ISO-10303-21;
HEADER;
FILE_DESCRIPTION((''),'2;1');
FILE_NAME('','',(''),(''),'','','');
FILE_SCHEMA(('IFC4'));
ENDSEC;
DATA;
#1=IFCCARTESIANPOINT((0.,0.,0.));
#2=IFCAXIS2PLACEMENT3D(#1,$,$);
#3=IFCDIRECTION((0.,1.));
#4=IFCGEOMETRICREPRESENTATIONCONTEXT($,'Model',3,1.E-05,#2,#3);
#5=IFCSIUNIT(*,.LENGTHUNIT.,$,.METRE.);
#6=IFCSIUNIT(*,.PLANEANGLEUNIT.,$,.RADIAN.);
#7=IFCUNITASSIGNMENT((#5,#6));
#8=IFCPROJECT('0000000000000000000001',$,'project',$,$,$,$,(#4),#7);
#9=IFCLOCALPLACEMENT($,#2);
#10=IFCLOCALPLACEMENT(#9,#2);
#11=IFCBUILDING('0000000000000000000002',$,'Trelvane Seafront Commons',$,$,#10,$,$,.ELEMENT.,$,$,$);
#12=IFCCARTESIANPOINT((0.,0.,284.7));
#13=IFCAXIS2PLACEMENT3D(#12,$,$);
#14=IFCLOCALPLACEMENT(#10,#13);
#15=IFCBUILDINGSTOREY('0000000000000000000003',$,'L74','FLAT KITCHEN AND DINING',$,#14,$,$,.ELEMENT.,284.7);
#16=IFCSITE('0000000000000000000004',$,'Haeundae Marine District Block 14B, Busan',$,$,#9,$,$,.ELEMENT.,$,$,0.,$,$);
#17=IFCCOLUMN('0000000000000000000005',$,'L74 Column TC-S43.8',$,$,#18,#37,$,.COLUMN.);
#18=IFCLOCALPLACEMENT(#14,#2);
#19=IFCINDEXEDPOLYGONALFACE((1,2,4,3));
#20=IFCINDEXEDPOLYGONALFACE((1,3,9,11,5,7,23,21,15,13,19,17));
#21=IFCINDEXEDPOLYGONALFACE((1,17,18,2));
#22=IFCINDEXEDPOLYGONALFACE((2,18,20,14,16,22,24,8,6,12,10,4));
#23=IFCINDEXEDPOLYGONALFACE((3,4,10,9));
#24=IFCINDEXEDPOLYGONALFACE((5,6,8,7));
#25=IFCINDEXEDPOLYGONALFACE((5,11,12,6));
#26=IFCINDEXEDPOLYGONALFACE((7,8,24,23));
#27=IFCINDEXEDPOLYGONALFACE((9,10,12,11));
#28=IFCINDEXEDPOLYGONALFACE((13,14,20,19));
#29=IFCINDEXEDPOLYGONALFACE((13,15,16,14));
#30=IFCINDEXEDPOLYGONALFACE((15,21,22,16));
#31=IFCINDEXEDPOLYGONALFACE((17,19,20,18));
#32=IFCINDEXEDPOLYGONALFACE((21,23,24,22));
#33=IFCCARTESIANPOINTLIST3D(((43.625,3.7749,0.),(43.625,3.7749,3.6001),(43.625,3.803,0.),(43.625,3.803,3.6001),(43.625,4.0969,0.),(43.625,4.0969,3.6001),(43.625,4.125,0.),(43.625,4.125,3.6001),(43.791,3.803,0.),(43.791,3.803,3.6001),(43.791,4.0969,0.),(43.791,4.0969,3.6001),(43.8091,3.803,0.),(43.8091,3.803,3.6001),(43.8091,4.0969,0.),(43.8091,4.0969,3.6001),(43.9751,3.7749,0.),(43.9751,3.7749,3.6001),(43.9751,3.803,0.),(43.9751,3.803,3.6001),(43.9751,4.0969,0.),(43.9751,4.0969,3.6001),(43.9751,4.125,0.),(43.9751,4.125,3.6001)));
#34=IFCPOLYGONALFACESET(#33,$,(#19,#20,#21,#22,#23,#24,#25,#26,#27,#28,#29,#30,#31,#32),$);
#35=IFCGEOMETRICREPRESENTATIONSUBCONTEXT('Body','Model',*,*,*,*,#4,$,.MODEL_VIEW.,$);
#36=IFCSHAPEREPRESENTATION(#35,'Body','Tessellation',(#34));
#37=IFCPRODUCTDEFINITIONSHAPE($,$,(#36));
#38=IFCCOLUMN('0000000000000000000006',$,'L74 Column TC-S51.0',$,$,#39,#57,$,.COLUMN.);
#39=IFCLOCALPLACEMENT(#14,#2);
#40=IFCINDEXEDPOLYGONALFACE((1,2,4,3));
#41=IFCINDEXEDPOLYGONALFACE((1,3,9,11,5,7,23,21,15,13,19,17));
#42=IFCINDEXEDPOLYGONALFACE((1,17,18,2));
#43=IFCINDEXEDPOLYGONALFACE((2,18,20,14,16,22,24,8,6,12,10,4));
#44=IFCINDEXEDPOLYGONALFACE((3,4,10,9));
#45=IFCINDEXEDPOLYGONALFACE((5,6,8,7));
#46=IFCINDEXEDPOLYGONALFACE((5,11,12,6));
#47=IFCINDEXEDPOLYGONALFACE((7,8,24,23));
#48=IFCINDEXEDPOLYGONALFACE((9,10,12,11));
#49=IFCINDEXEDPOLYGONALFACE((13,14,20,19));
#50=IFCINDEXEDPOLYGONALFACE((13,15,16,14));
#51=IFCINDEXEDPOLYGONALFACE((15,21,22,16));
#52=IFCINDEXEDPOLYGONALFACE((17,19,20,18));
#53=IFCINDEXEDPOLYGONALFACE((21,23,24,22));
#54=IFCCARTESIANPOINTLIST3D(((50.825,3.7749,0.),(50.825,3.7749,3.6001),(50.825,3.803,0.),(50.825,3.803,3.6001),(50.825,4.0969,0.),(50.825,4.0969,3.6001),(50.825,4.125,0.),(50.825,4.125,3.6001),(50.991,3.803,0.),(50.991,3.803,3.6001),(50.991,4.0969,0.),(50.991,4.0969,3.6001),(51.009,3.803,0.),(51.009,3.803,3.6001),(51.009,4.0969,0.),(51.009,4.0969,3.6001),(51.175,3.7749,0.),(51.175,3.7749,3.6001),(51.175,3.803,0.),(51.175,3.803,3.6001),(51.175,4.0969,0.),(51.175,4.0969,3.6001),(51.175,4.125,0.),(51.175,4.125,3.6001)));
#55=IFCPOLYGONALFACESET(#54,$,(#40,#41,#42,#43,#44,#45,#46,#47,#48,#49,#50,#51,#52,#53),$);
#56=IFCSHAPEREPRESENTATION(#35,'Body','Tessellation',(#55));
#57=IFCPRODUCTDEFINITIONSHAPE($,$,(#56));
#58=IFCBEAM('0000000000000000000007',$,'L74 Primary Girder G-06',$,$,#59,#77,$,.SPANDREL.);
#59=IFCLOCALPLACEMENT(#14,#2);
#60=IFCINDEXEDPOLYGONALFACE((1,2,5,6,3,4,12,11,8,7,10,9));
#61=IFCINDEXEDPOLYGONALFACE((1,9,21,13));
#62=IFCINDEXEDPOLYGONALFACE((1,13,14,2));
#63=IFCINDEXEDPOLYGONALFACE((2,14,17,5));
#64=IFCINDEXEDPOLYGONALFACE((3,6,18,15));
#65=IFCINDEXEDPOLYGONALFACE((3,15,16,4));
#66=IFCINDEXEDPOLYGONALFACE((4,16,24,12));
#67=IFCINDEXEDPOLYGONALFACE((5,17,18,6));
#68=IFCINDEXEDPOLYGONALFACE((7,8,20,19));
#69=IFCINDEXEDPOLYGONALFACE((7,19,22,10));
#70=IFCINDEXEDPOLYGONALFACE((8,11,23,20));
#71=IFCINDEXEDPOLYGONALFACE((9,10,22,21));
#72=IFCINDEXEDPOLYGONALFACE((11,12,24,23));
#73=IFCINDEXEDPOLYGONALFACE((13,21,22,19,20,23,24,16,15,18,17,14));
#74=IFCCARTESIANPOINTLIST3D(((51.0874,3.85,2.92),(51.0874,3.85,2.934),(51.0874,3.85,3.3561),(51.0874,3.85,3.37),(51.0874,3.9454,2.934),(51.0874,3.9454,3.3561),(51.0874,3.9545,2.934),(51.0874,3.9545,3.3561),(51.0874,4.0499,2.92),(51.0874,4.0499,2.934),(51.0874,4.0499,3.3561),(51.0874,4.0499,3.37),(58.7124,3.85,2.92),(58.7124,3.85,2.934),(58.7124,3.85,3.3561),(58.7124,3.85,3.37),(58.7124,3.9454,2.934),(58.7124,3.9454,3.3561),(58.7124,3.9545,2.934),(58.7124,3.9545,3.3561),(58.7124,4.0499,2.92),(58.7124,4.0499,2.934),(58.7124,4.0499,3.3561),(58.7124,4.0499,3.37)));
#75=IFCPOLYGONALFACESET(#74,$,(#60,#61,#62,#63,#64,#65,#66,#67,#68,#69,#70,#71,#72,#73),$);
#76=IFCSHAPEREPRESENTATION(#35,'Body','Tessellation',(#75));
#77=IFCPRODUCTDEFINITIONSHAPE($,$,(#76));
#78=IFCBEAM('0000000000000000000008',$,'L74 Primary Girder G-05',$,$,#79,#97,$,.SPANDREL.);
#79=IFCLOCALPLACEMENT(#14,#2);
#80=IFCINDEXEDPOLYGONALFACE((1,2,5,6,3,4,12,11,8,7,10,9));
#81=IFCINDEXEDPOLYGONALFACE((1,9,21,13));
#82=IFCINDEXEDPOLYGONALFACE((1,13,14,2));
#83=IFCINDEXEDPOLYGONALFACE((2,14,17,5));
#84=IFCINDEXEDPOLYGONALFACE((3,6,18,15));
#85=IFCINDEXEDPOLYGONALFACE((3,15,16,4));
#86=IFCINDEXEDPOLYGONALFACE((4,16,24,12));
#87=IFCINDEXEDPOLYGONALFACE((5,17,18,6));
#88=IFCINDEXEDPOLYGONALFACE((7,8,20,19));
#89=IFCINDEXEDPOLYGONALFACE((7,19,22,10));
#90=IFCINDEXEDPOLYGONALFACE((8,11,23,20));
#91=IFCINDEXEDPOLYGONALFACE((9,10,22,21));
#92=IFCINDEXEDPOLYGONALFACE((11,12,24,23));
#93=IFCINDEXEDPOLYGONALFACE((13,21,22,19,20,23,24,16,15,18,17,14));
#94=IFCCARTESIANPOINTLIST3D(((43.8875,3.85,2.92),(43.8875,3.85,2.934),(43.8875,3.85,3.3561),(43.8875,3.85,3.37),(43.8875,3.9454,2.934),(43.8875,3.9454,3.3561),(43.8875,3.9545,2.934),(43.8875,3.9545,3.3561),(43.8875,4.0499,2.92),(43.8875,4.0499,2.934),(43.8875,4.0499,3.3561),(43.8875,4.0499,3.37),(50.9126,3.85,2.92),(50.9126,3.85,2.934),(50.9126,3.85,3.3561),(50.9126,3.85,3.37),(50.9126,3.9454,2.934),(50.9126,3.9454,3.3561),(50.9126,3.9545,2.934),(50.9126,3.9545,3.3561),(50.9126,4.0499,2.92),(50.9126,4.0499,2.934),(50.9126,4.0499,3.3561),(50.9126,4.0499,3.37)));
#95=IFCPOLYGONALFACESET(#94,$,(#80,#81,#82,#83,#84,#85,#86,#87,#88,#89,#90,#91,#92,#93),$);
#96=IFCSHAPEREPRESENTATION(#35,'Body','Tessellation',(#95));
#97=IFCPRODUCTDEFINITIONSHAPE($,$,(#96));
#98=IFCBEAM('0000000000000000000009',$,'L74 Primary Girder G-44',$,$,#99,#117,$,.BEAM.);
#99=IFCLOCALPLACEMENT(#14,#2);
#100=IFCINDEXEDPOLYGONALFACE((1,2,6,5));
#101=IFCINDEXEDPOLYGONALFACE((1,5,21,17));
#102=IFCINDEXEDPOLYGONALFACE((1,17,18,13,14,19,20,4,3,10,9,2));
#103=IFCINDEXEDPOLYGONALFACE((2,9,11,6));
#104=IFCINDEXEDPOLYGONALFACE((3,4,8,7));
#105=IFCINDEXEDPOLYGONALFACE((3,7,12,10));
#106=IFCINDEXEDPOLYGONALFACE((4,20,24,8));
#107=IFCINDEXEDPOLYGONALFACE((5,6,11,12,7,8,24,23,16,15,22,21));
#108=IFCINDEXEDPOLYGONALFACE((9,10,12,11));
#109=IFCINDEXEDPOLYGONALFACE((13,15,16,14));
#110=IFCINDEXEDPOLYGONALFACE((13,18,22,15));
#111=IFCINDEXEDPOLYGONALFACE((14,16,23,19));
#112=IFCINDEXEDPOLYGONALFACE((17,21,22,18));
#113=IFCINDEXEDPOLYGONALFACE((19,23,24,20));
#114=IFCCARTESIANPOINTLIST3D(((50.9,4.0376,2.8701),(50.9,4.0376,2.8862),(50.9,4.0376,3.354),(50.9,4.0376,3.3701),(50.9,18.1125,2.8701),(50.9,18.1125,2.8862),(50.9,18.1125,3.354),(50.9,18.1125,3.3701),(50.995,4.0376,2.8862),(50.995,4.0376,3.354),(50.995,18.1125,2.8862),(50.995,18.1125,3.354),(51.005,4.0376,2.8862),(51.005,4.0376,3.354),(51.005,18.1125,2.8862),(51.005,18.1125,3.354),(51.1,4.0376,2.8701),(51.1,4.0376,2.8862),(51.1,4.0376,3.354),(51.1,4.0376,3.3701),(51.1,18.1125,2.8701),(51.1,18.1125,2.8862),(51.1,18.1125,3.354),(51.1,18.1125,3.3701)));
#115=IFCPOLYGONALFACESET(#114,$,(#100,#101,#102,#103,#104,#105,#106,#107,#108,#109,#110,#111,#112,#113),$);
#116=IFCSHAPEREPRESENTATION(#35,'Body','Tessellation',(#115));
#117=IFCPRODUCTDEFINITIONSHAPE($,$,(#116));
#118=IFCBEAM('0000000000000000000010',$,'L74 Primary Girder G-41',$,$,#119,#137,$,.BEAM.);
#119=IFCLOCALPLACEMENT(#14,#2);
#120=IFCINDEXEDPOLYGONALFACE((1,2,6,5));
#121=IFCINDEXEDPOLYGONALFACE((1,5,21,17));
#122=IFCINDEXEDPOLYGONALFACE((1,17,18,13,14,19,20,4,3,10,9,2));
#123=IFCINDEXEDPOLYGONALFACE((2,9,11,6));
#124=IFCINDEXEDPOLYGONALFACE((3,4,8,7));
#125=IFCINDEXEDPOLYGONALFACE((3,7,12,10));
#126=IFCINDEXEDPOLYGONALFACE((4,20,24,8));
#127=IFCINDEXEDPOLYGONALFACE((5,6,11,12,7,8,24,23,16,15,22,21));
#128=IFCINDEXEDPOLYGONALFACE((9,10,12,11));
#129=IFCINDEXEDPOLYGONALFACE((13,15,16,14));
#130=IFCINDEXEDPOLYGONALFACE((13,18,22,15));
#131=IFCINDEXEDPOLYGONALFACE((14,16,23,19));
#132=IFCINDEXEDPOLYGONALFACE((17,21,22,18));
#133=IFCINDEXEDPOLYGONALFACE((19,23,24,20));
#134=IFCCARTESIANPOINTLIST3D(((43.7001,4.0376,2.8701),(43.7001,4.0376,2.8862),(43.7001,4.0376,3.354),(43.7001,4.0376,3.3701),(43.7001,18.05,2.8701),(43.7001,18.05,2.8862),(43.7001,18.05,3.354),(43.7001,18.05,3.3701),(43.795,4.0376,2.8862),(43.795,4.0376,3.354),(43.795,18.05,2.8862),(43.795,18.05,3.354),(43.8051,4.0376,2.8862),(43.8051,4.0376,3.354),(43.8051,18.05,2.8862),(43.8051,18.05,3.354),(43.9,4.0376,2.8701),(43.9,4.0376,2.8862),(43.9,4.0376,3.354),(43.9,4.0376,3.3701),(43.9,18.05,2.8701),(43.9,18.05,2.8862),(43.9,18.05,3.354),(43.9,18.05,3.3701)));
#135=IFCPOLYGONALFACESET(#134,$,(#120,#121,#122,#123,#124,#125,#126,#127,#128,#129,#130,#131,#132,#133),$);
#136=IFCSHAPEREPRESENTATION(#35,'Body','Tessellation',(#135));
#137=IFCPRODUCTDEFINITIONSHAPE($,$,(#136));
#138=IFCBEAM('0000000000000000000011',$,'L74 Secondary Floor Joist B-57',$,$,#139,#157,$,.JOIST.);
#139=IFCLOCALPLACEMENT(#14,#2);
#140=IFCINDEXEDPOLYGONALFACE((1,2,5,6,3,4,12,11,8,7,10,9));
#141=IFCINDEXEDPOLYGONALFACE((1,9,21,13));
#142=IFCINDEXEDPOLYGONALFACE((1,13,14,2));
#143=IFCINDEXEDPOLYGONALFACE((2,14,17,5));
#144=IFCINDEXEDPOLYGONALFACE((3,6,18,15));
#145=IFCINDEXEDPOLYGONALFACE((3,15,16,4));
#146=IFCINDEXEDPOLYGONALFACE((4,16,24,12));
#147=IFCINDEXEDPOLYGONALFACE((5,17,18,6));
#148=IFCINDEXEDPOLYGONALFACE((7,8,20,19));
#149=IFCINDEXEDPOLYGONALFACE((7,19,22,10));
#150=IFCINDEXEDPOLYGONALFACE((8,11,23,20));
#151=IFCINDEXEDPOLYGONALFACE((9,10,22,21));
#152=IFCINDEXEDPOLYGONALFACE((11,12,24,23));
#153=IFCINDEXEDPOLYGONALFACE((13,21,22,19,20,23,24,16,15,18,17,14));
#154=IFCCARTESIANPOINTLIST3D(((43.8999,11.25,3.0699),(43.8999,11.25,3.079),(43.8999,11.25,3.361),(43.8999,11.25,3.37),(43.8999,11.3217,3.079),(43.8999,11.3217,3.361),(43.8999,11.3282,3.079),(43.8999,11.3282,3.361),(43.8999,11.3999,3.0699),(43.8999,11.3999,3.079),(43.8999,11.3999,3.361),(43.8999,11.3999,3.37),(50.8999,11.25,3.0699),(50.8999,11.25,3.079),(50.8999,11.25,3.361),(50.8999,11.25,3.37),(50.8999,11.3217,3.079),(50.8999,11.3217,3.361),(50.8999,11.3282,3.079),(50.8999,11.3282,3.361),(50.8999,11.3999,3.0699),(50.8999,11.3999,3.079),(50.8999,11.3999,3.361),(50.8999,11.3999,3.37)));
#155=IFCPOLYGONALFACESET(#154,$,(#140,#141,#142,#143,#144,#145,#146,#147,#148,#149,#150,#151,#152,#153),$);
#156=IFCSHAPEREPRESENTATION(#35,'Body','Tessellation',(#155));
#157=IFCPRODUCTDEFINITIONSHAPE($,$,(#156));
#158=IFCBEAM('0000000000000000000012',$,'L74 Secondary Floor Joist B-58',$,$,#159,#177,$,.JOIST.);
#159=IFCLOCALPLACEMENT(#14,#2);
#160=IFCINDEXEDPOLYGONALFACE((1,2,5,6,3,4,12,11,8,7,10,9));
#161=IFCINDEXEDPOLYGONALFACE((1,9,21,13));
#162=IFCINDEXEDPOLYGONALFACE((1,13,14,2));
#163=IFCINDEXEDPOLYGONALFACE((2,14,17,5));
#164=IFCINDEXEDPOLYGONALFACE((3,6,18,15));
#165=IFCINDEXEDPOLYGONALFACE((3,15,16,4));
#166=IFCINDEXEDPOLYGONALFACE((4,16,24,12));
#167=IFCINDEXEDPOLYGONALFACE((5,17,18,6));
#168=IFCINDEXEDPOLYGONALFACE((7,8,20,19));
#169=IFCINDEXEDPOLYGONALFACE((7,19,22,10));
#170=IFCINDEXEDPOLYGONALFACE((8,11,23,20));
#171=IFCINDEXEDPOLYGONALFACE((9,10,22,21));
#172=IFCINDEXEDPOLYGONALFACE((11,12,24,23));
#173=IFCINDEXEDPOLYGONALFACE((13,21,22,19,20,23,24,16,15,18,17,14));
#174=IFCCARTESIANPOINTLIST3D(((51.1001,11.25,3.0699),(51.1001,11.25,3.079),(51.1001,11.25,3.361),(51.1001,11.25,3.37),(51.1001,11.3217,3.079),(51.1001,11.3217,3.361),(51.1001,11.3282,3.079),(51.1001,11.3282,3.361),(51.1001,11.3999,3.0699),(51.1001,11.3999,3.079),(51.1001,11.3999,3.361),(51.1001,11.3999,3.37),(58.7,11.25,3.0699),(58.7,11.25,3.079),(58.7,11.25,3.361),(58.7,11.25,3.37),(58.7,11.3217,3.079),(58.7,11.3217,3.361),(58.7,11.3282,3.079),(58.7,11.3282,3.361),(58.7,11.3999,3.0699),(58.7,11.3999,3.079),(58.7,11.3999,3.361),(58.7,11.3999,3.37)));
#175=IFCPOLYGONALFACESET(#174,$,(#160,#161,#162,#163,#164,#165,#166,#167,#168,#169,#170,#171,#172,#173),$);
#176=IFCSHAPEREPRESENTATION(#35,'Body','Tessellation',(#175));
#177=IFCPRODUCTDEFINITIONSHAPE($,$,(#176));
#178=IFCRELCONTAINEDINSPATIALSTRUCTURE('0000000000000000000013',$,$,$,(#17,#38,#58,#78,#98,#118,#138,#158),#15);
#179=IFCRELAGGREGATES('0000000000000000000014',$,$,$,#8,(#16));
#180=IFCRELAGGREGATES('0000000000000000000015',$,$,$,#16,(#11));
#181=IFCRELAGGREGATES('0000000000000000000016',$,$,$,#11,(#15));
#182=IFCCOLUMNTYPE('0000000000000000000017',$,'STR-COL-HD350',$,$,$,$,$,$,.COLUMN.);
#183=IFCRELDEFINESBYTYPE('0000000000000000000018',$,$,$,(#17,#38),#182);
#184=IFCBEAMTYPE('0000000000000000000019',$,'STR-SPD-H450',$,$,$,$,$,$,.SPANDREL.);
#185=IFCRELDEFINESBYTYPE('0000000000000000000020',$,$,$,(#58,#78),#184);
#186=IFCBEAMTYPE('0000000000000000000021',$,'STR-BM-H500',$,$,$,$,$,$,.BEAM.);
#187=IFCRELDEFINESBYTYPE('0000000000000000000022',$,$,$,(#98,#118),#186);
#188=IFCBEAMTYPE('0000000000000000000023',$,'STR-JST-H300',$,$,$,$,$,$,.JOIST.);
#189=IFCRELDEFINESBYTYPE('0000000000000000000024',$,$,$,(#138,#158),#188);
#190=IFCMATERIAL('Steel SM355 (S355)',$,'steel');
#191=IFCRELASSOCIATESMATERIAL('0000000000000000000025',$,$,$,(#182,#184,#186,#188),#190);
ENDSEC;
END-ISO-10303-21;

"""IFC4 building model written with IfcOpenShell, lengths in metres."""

from ifc_helpers import new_model, si_unit, direction, frame, origin, origin_2d, place, context, subcontext, project, spatial, i_section, extrude, source, transform, mapped, material, material_profile, profile_set, type_object, element, save


model = new_model("IFC4")

# Units and contexts
model_context = context("Model", 3, precision=1e-05, world=origin(), true_north=direction((0.0, 1.0)))
body_context = subcontext(model_context, "Body", "Model", "MODEL_VIEW")
ifc_project = project(units=[si_unit("LENGTHUNIT", "METRE"), si_unit("PLANEANGLEUNIT", "RADIAN")], contexts=[model_context])

# Site, building, storey
site_placement = place(None, origin())
site = spatial("IfcSite", under=ifc_project, at=site_placement, Name="Haeundae Marine District Block 14B, Busan", CompositionType="ELEMENT", RefElevation=0.0)
building_placement = place(site_placement, origin())
building = spatial("IfcBuilding", under=site, at=building_placement, Name="Trelvane Seafront Commons", CompositionType="ELEMENT")
storey_placement = place(building_placement, frame((0.0, 0.0, 284.7)))
storey = spatial("IfcBuildingStorey", under=building, at=storey_placement, Name="L74", Description="FLAT KITCHEN AND DINING", CompositionType="ELEMENT", Elevation=284.7)

# Columns
ifc_material_1 = material(Name="Steel SM355 (S355)", Category="steel")
ifc_material_profile_1 = material_profile(ifc_material_1, i_section(OverallWidth=0.3501, OverallDepth=0.3501, WebThickness=0.0181, FlangeThickness=0.0281, at=origin_2d()), Name="HD-350x350x18x28")
ifc_profile_set_1 = profile_set([ifc_material_profile_1], Name="Steel SM355 (S355)")
column_type = type_object("IfcColumnType", Name="STR-COL-HD350", PredefinedType="COLUMN", material=ifc_profile_set_1)
shared_shape_1 = source(origin(), body_context, "Body", "SweptSolid", [
    extrude(i_section(OverallWidth=0.3501, OverallDepth=0.3501, WebThickness=0.0181, FlangeThickness=0.0281, at=origin_2d()), origin(), (0.0, 0.0, 1.0), 3.6001),
])
for number, where, z_axis, x_axis, name in (
    (1, (43.8, 3.95, 0.0), (0.0, 0.0, 1.0), (1.0, 0.0, 0.0), "L74 Column TC-S43.8"),
    (2, (51.0, 3.95, 0.0), (0.0, 0.0, 1.0), (1.0, 0.0, 0.0), "L74 Column TC-S51.0"),
):
    element("IfcColumn", number, at=place(storey_placement, frame(where, z_axis=z_axis, x_axis=x_axis)), inside=storey, type_object=column_type, Name=name, PredefinedType="COLUMN", context=body_context, shape_type="MappedRepresentation", body=[
        mapped(shared_shape_1, transform((0.0, 0.0, 0.0), x_axis=(1.0, 0.0, 0.0), y_axis=(0.0, 1.0, 0.0), z_axis=(0.0, 0.0, 1.0), scale=1.0)),
    ])

# Beams
ifc_material_profile_2 = material_profile(ifc_material_1, i_section(OverallWidth=0.2, OverallDepth=0.45, WebThickness=0.009, FlangeThickness=0.0139, at=origin_2d()), Name="H-450x200x9x14")
ifc_profile_set_2 = profile_set([ifc_material_profile_2], Name="Steel SM355 (S355)")
beam_type_1 = type_object("IfcBeamType", Name="STR-SPD-H450", PredefinedType="SPANDREL", material=ifc_profile_set_2)
shared_shape_2 = source(origin(), body_context, "Body", "SweptSolid", [
    extrude(i_section(OverallWidth=0.2, OverallDepth=0.45, WebThickness=0.009, FlangeThickness=0.0139, at=origin_2d()), origin(), (0.0, 0.0, 1.0), 7.625),
])
beam_1_placement = place(storey_placement, frame((51.0874, 3.95, 3.145), z_axis=(1.0, 0.0, 0.0), x_axis=(0.0, 1.0, 0.0)))
element("IfcBeam", 3, at=beam_1_placement, inside=storey, type_object=beam_type_1, Name="L74 Primary Girder G-06", PredefinedType="SPANDREL", context=body_context, shape_type="MappedRepresentation", body=[
    mapped(shared_shape_2, transform((0.0, 0.0, 0.0), x_axis=(1.0, 0.0, 0.0), y_axis=(0.0, 1.0, 0.0), z_axis=(0.0, 0.0, 1.0), scale=1.0)),
])
shared_shape_3 = source(origin(), body_context, "Body", "SweptSolid", [
    extrude(i_section(OverallWidth=0.2, OverallDepth=0.45, WebThickness=0.009, FlangeThickness=0.0139, at=origin_2d()), origin(), (0.0, 0.0, 1.0), 7.0251),
])
beam_2_placement = place(storey_placement, frame((43.8875, 3.95, 3.145), z_axis=(1.0, 0.0, 0.0), x_axis=(0.0, 1.0, 0.0)))
element("IfcBeam", 4, at=beam_2_placement, inside=storey, type_object=beam_type_1, Name="L74 Primary Girder G-05", PredefinedType="SPANDREL", context=body_context, shape_type="MappedRepresentation", body=[
    mapped(shared_shape_3, transform((0.0, 0.0, 0.0), x_axis=(1.0, 0.0, 0.0), y_axis=(0.0, 1.0, 0.0), z_axis=(0.0, 0.0, 1.0), scale=1.0)),
])
ifc_material_profile_3 = material_profile(ifc_material_1, i_section(OverallWidth=0.2, OverallDepth=0.5, WebThickness=0.01, FlangeThickness=0.0161, at=origin_2d()), Name="H-500x200x10x16")
ifc_profile_set_3 = profile_set([ifc_material_profile_3], Name="Steel SM355 (S355)")
beam_type_2 = type_object("IfcBeamType", Name="STR-BM-H500", PredefinedType="BEAM", material=ifc_profile_set_3)
shared_shape_4 = source(origin(), body_context, "Body", "SweptSolid", [
    extrude(i_section(OverallWidth=0.2, OverallDepth=0.5, WebThickness=0.01, FlangeThickness=0.0161, at=origin_2d()), origin(), (0.0, 0.0, 1.0), 14.075),
])
beam_3_placement = place(storey_placement, frame((51.0, 4.0376, 3.1201), z_axis=(0.0, 1.0, 0.0), x_axis=(-1.0, 0.0, 0.0)))
element("IfcBeam", 5, at=beam_3_placement, inside=storey, type_object=beam_type_2, Name="L74 Primary Girder G-44", PredefinedType="BEAM", context=body_context, shape_type="MappedRepresentation", body=[
    mapped(shared_shape_4, transform((0.0, 0.0, 0.0), x_axis=(1.0, 0.0, 0.0), y_axis=(0.0, 1.0, 0.0), z_axis=(0.0, 0.0, 1.0), scale=1.0)),
])
shared_shape_5 = source(origin(), body_context, "Body", "SweptSolid", [
    extrude(i_section(OverallWidth=0.2, OverallDepth=0.5, WebThickness=0.01, FlangeThickness=0.0161, at=origin_2d()), origin(), (0.0, 0.0, 1.0), 14.0125),
])
beam_4_placement = place(storey_placement, frame((43.8, 4.0376, 3.1201), z_axis=(0.0, 1.0, 0.0), x_axis=(-1.0, 0.0, 0.0)))
element("IfcBeam", 6, at=beam_4_placement, inside=storey, type_object=beam_type_2, Name="L74 Primary Girder G-41", PredefinedType="BEAM", context=body_context, shape_type="MappedRepresentation", body=[
    mapped(shared_shape_5, transform((0.0, 0.0, 0.0), x_axis=(1.0, 0.0, 0.0), y_axis=(0.0, 1.0, 0.0), z_axis=(0.0, 0.0, 1.0), scale=1.0)),
])
ifc_material_profile_4 = material_profile(ifc_material_1, i_section(OverallWidth=0.1499, OverallDepth=0.3, WebThickness=0.0066, FlangeThickness=0.009, at=origin_2d()), Name="H-300x150x6.5x9")
ifc_profile_set_4 = profile_set([ifc_material_profile_4], Name="Steel SM355 (S355)")
beam_type_3 = type_object("IfcBeamType", Name="STR-JST-H300", PredefinedType="JOIST", material=ifc_profile_set_4)
shared_shape_6 = source(origin(), body_context, "Body", "SweptSolid", [
    extrude(i_section(OverallWidth=0.1499, OverallDepth=0.3, WebThickness=0.0066, FlangeThickness=0.009, at=origin_2d()), origin(), (0.0, 0.0, 1.0), 7.0),
])
beam_5_placement = place(storey_placement, frame((43.8999, 11.325, 3.22), z_axis=(1.0, 0.0, 0.0), x_axis=(0.0, 1.0, 0.0)))
element("IfcBeam", 7, at=beam_5_placement, inside=storey, type_object=beam_type_3, Name="L74 Secondary Floor Joist B-57", PredefinedType="JOIST", context=body_context, shape_type="MappedRepresentation", body=[
    mapped(shared_shape_6, transform((0.0, 0.0, 0.0), x_axis=(1.0, 0.0, 0.0), y_axis=(0.0, 1.0, 0.0), z_axis=(0.0, 0.0, 1.0), scale=1.0)),
])
shared_shape_7 = source(origin(), body_context, "Body", "SweptSolid", [
    extrude(i_section(OverallWidth=0.1499, OverallDepth=0.3, WebThickness=0.0066, FlangeThickness=0.009, at=origin_2d()), origin(), (0.0, 0.0, 1.0), 7.5999),
])
beam_6_placement = place(storey_placement, frame((51.1001, 11.325, 3.22), z_axis=(1.0, 0.0, 0.0), x_axis=(0.0, 1.0, 0.0)))
element("IfcBeam", 8, at=beam_6_placement, inside=storey, type_object=beam_type_3, Name="L74 Secondary Floor Joist B-58", PredefinedType="JOIST", context=body_context, shape_type="MappedRepresentation", body=[
    mapped(shared_shape_7, transform((0.0, 0.0, 0.0), x_axis=(1.0, 0.0, 0.0), y_axis=(0.0, 1.0, 0.0), z_axis=(0.0, 0.0, 1.0), scale=1.0)),
])

save(model, "model.ifc")
